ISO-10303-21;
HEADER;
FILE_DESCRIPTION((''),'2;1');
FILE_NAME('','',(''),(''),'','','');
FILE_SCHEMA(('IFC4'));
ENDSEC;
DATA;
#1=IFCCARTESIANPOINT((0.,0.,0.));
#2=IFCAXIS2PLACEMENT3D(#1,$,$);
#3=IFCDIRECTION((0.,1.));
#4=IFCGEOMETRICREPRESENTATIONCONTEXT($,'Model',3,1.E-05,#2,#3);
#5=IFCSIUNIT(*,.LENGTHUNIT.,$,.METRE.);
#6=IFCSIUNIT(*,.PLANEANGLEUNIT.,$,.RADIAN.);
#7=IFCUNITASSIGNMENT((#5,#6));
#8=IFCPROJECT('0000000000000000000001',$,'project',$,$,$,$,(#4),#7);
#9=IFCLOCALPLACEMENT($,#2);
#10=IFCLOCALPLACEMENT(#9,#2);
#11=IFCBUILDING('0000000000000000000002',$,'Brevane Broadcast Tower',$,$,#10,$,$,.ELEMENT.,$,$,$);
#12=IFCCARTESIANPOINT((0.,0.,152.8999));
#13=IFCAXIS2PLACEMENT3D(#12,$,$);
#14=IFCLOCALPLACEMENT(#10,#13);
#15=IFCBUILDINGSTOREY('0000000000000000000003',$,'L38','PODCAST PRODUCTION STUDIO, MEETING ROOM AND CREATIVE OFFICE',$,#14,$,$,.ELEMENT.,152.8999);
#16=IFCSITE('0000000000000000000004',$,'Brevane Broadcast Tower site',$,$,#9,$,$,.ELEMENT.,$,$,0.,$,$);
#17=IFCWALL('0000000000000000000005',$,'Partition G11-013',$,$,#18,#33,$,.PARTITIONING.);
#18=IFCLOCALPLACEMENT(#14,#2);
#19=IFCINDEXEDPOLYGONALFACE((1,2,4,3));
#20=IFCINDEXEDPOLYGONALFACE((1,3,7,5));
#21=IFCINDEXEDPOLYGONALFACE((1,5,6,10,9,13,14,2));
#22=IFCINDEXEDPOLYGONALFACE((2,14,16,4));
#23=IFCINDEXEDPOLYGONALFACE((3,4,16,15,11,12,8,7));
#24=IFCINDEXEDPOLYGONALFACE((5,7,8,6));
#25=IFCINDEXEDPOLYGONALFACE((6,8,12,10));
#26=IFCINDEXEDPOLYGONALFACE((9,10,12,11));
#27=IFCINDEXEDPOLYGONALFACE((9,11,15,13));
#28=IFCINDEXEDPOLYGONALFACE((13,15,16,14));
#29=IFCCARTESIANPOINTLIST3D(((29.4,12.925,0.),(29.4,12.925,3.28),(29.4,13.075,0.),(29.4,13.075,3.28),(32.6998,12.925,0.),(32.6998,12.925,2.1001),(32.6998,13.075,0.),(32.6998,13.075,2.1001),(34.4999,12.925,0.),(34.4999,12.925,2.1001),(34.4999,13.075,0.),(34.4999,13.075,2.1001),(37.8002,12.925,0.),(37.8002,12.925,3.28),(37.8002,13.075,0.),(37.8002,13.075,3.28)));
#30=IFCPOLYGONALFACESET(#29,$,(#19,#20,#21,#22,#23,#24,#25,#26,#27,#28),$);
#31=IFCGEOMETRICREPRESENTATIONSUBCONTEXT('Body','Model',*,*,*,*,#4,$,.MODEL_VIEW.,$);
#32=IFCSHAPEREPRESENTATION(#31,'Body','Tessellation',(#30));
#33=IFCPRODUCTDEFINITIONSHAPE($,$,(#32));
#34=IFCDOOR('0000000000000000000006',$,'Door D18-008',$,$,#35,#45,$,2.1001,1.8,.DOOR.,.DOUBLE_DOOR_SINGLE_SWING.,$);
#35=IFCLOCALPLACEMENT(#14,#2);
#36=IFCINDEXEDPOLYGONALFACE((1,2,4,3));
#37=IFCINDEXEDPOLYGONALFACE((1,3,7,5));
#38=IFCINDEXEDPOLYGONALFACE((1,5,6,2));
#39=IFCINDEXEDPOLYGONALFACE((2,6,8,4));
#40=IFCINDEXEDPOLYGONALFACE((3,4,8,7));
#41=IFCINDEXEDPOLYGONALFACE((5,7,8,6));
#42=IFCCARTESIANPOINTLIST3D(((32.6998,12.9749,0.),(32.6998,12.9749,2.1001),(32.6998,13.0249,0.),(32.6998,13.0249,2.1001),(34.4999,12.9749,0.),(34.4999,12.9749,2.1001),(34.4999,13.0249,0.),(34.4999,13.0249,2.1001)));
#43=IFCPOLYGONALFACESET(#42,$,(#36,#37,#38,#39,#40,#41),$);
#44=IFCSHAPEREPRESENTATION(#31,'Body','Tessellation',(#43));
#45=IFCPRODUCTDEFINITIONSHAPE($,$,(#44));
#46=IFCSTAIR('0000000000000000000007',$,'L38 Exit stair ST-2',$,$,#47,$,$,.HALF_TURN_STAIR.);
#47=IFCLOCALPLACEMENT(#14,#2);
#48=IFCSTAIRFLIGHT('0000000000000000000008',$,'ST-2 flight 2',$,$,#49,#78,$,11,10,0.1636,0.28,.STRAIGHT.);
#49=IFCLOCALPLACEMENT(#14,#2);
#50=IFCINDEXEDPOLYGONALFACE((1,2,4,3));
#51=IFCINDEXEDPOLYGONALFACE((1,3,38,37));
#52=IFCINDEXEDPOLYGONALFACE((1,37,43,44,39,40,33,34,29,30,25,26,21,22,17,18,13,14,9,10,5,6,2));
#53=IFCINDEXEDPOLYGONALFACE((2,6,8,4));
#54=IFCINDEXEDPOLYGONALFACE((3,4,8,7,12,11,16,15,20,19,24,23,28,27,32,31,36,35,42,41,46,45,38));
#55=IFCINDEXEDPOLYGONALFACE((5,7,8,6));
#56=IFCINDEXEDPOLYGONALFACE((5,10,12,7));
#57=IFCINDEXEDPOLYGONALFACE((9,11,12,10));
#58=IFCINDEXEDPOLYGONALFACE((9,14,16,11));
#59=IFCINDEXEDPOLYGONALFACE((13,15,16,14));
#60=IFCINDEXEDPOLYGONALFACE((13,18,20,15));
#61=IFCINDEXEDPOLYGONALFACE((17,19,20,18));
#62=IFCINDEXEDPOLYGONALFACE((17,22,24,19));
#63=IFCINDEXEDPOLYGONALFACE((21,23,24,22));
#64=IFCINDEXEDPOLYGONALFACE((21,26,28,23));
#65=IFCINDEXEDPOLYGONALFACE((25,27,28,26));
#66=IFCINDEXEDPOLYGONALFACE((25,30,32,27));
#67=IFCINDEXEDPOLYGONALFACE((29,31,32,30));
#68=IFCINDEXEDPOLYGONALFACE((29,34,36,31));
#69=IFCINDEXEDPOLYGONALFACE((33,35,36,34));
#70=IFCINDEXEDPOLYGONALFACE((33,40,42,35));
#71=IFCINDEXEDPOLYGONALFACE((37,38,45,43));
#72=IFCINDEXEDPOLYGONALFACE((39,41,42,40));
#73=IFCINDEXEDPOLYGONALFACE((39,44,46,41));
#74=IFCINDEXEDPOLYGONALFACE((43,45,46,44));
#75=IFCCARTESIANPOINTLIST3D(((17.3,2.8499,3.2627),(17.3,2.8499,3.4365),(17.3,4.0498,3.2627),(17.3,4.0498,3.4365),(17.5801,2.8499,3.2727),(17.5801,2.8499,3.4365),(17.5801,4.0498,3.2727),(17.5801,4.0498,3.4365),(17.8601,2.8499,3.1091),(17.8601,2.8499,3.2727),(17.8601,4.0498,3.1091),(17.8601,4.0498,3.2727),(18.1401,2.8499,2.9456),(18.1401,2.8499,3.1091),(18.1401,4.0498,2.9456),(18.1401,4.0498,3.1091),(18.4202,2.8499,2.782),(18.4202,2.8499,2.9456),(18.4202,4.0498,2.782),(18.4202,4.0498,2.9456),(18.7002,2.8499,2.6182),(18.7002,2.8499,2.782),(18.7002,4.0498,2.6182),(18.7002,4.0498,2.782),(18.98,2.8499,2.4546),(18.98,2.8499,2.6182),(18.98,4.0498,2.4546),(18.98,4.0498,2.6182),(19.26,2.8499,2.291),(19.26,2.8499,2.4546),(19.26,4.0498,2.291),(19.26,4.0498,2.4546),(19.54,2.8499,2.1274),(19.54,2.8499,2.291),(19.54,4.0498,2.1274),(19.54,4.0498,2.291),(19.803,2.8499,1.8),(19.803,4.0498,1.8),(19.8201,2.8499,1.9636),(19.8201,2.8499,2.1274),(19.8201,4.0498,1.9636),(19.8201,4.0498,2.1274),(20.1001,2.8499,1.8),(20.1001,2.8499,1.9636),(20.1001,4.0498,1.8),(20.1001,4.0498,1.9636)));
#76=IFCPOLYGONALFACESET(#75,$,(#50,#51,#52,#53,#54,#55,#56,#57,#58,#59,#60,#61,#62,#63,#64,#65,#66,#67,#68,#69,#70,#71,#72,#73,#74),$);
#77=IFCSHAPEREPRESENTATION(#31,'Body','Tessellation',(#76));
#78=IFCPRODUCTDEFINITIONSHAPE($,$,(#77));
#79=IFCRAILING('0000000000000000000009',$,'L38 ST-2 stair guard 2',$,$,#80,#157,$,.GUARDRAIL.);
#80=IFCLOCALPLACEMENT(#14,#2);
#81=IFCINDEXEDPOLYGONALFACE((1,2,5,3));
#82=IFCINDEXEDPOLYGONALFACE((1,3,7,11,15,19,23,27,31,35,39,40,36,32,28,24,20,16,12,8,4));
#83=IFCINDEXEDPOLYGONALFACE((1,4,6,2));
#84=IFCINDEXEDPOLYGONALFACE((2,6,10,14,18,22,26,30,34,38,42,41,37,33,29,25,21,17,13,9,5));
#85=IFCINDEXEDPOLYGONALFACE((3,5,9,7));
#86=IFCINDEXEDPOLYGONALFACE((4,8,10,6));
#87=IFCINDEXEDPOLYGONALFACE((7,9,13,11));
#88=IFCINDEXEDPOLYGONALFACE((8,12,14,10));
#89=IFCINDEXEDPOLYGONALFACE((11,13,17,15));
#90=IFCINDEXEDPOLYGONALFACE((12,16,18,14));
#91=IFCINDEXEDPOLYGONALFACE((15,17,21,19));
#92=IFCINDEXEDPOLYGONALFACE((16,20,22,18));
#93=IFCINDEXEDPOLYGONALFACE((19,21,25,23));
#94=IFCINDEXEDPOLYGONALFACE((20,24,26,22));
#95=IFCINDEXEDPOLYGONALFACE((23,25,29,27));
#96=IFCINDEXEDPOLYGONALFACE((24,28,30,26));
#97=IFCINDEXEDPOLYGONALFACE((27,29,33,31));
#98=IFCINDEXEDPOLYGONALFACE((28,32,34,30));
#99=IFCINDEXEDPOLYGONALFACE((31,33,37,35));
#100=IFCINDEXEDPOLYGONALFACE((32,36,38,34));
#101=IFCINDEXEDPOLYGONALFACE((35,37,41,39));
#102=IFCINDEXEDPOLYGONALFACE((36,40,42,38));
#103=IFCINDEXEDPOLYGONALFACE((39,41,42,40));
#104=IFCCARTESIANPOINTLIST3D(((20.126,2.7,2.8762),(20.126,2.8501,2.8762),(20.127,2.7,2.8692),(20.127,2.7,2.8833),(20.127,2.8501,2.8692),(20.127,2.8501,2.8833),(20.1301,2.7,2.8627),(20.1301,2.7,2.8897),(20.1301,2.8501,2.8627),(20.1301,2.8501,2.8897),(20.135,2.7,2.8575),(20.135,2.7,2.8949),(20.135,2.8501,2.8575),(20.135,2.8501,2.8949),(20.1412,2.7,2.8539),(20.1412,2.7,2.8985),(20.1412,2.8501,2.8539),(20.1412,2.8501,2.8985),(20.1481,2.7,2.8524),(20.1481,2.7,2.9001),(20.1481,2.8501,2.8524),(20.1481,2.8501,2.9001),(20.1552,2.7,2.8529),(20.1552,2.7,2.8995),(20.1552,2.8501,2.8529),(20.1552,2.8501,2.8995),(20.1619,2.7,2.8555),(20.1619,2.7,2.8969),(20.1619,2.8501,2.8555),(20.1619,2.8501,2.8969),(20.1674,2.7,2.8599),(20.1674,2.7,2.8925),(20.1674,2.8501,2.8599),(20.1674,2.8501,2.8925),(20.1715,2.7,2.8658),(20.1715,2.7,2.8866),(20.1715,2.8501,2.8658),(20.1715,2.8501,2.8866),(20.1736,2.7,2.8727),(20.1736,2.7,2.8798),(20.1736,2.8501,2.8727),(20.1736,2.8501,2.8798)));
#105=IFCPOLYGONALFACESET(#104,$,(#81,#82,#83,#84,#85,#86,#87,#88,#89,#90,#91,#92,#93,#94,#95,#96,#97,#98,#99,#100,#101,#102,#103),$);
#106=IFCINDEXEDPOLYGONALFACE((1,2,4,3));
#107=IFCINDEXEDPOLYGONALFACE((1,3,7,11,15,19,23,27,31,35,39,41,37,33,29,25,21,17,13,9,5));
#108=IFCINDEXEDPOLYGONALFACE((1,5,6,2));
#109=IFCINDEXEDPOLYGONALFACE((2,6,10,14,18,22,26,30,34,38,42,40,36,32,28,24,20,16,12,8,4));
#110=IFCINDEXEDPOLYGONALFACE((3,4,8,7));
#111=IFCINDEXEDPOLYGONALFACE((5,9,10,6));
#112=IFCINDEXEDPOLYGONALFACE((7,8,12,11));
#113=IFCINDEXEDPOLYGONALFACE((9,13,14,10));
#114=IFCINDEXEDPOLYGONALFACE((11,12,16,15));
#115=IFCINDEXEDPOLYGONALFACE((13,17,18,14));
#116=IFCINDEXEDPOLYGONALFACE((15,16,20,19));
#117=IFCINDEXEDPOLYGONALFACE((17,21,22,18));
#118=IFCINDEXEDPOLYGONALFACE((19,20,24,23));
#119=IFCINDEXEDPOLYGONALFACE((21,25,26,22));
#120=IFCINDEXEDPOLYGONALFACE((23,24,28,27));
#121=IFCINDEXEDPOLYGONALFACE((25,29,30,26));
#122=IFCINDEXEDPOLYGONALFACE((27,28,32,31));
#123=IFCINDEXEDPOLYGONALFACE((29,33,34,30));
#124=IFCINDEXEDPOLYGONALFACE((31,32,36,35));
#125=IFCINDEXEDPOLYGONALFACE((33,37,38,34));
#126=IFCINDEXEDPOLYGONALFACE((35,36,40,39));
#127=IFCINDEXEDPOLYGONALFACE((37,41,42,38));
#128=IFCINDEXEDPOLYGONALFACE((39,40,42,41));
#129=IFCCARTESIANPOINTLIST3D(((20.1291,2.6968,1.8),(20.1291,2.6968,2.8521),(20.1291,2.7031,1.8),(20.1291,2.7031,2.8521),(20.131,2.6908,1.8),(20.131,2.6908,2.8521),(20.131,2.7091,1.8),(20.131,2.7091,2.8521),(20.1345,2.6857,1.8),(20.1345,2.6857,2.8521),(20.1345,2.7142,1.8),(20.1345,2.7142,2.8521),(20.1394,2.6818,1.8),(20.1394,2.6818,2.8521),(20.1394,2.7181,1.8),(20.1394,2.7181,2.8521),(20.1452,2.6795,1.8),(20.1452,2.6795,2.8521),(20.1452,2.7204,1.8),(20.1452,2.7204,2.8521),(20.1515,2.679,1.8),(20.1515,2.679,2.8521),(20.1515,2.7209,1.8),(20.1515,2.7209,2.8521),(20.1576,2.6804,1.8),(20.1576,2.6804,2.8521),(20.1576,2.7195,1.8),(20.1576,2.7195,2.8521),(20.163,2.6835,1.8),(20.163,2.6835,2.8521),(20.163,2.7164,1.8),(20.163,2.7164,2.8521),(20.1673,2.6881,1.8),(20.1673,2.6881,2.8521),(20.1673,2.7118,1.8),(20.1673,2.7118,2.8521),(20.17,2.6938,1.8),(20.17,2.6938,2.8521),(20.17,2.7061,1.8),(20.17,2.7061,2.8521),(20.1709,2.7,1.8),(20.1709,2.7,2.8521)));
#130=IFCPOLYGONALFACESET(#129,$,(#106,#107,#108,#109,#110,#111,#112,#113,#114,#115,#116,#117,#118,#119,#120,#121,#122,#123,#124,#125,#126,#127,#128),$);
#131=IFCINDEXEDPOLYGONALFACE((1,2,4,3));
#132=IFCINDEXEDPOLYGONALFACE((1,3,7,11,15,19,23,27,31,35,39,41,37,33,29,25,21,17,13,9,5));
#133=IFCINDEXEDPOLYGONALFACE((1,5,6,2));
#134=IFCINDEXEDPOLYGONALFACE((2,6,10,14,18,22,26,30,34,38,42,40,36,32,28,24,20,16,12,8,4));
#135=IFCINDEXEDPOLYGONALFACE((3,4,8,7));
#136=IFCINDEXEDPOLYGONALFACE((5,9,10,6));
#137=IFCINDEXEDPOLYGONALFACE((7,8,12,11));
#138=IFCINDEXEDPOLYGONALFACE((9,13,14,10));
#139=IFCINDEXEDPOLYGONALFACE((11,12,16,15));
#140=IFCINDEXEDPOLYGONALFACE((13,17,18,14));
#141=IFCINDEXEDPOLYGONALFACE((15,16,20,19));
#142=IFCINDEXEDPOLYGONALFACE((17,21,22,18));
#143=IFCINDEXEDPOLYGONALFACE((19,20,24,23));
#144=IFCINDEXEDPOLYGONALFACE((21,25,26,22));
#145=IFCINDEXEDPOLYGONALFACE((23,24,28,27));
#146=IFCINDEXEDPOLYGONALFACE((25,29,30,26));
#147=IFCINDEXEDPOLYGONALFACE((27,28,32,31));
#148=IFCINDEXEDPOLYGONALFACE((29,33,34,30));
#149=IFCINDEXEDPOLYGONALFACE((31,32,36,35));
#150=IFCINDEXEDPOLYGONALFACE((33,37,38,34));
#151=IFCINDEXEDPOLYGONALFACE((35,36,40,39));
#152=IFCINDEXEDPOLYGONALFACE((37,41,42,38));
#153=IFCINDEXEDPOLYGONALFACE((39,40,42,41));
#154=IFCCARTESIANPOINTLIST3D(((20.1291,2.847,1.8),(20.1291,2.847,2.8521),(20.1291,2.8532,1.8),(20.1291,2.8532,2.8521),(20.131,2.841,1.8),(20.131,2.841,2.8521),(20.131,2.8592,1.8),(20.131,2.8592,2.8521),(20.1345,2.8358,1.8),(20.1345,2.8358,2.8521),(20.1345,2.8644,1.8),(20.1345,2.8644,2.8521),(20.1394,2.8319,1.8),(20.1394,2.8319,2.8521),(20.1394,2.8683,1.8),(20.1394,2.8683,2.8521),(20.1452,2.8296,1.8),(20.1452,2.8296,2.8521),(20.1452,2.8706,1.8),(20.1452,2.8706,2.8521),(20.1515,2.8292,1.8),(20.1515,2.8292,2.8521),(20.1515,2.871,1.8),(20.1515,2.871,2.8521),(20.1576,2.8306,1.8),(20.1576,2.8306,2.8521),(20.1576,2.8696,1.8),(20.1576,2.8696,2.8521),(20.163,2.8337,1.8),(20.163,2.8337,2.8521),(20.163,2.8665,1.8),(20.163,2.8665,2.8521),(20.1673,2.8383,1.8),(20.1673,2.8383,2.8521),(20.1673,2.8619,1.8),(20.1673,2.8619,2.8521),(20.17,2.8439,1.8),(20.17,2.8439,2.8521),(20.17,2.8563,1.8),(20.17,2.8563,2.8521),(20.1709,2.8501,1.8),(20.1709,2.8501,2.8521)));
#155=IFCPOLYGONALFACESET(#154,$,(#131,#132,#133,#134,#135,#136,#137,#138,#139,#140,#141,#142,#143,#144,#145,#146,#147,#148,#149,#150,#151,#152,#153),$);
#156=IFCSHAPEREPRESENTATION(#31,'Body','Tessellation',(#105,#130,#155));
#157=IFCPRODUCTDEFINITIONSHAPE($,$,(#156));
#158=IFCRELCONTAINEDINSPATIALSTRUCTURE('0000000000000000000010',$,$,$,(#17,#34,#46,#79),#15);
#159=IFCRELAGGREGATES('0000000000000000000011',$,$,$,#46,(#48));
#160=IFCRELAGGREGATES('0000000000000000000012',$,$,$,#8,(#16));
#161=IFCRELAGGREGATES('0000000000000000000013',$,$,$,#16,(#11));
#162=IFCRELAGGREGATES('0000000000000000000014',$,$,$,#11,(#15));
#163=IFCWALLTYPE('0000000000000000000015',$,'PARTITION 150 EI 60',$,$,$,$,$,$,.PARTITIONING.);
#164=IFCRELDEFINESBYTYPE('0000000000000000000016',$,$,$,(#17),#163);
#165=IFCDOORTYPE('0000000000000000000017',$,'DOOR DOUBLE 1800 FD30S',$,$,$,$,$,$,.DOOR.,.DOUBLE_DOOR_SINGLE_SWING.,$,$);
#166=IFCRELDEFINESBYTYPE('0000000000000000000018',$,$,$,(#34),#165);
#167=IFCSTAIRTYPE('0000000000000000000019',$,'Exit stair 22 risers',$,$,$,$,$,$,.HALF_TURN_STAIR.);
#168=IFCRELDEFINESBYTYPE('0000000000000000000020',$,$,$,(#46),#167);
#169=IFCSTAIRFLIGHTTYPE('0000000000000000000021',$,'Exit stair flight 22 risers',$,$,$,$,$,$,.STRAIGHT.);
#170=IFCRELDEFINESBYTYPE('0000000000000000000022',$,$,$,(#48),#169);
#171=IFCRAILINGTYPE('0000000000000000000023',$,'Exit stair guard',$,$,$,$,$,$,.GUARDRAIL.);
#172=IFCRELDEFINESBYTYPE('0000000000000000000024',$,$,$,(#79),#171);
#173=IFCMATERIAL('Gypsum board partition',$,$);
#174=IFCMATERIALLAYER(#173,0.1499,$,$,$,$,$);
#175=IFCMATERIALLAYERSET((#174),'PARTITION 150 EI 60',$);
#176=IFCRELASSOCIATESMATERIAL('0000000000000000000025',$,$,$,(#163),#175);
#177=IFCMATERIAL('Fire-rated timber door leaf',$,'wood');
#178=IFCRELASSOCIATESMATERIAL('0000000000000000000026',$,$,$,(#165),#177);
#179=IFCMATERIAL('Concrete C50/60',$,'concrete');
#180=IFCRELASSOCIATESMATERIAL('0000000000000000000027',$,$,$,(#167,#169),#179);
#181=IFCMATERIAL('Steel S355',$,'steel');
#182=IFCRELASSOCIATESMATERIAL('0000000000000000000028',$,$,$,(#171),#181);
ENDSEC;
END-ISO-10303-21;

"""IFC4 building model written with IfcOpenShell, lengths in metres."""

from ifc_helpers import new_model, si_unit, direction, frame, frame_2d, origin, origin_2d, place, context, subcontext, project, spatial, polyline, rectangle, circle, outline, extrude, material, layer, layer_set, type_object, element, fill, aggregate, save


model = new_model("IFC4")

# Units and contexts
model_context = context("Model", 3, precision=1e-05, world=origin(), true_north=direction((0.0, 1.0)))
body_context = subcontext(model_context, "Body", "Model", "MODEL_VIEW")
ifc_project = project(units=[si_unit("LENGTHUNIT", "METRE"), si_unit("PLANEANGLEUNIT", "RADIAN")], contexts=[model_context])

# Site, building, storey
site_placement = place(None, origin())
site = spatial("IfcSite", under=ifc_project, at=site_placement, Name="Brevane Broadcast Tower site", CompositionType="ELEMENT", RefElevation=0.0)
building_placement = place(site_placement, origin())
building = spatial("IfcBuilding", under=site, at=building_placement, Name="Brevane Broadcast Tower", CompositionType="ELEMENT")
storey_placement = place(building_placement, frame((0.0, 0.0, 152.8999)))
storey = spatial("IfcBuildingStorey", under=building, at=storey_placement, Name="L38", Description="PODCAST PRODUCTION STUDIO, MEETING ROOM AND CREATIVE OFFICE", CompositionType="ELEMENT", Elevation=152.8999)

# Shared definitions
ifc_material_1 = material(Name="Gypsum board partition")
ifc_layer_1 = layer(ifc_material_1, 0.1499)
ifc_layer_set_1 = layer_set([ifc_layer_1], Name="PARTITION 150 EI 60")
wall_type_1 = type_object("IfcWallType", Name="PARTITION 150 EI 60", PredefinedType="PARTITIONING", material=ifc_layer_set_1)

# Wall, opening, door
wall_1_placement = place(storey_placement, frame((29.3999, 13.0, 0.0), z_axis=(0.0, 0.0, 1.0), x_axis=(1.0, 0.0, 0.0)))
wall_1 = element("IfcWall", 1, at=wall_1_placement, inside=storey, type_object=wall_type_1, Name="Partition G11-013", PredefinedType="PARTITIONING", context=body_context, shape_type="SweptSolid", body=[
    extrude(rectangle(XDim=8.4001, YDim=0.1499, at=frame_2d((4.2002, 0.0))), origin(), (0.0, 0.0, 1.0), 3.28),
])
opening_1_placement = place(wall_1_placement, frame((3.3, 0.0, 0.0)))
opening_1 = element("IfcOpeningElement", 2, at=opening_1_placement, cuts=wall_1, PredefinedType="OPENING", context=body_context, shape_type="SweptSolid", body=[
    extrude(rectangle(XDim=1.8, YDim=2.1001, at=frame_2d((0.8999, 1.05))), frame((0.0, 0.085, 0.0), z_axis=(0.0, -1.0, 0.0), x_axis=(1.0, 0.0, 0.0)), (0.0, 0.0, 1.0), 0.1699),
])
ifc_material_2 = material(Name="Fire-rated timber door leaf", Category="wood")
door_type_1 = type_object("IfcDoorType", Name="DOOR DOUBLE 1800 FD30S", OperationType="DOUBLE_DOOR_SINGLE_SWING", PredefinedType="DOOR", material=ifc_material_2)
door_1_placement = place(opening_1_placement, origin())
door_1 = element("IfcDoor", 3, at=door_1_placement, inside=storey, type_object=door_type_1, Name="Door D18-008", OperationType="DOUBLE_DOOR_SINGLE_SWING", OverallHeight=2.1001, OverallWidth=1.8, PredefinedType="DOOR", context=body_context, shape_type="SweptSolid", body=[
    extrude(rectangle(XDim=1.8, YDim=2.1001, at=frame_2d((0.8999, 1.05))), frame((0.0, 0.0249, 0.0), z_axis=(0.0, -1.0, 0.0), x_axis=(1.0, 0.0, 0.0)), (0.0, 0.0, 1.0), 0.05),
])
fill(opening_1, door_1)

# Stair, stair flight
ifc_material_3 = material(Name="Concrete C50/60", Category="concrete")
stair_type = type_object("IfcStairType", Name="Exit stair 22 risers", PredefinedType="HALF_TURN_STAIR", material=ifc_material_3)
stair_placement = place(storey_placement, origin())
stair = element("IfcStair", 4, at=stair_placement, inside=storey, type_object=stair_type, Name="L38 Exit stair ST-2", PredefinedType="HALF_TURN_STAIR")
stair_flight_type = type_object("IfcStairFlightType", Name="Exit stair flight 22 risers", PredefinedType="STRAIGHT", material=ifc_material_3)
stair_flight_placement = place(storey_placement, frame((20.1001, 3.45, 1.8), z_axis=(0.0, 0.0, 1.0), x_axis=(-1.0, 0.0, 0.0)))
stair_flight = element("IfcStairFlight", 5, at=stair_flight_placement, type_object=stair_flight_type, Name="ST-2 flight 2", NumberOfRisers=11, NumberOfTreads=10, PredefinedType="STRAIGHT", RiserHeight=0.1636, TreadLength=0.28, context=body_context, shape_type="SweptSolid", body=[
    extrude(outline(polyline([(0.0, 0.0), (0.0, 0.1636), (0.28, 0.1636), (0.28, 0.3274), (0.5601, 0.3274), (0.5601, 0.491), (0.8401, 0.491), (0.8401, 0.6545), (1.1201, 0.6545), (1.1201, 0.8181), (1.3999, 0.8181), (1.3999, 0.9819), (1.6799, 0.9819), (1.6799, 1.1455), (1.96, 1.1455), (1.96, 1.3091), (2.24, 1.3091), (2.24, 1.4727), (2.52, 1.4727), (2.52, 1.6365), (2.8, 1.6365), (2.8, 1.8), (2.8, 1.4626), (0.2971, 0.0), (0.0, 0.0)])), frame((0.0, 0.6001, 0.0), z_axis=(0.0, -1.0, 0.0), x_axis=(1.0, 0.0, 0.0)), (0.0, 0.0, 1.0), 1.2),
])
aggregate(stair, [stair_flight])

# Railing
ifc_material_4 = material(Name="Steel S355", Category="steel")
railing_type_1 = type_object("IfcRailingType", Name="Exit stair guard", PredefinedType="GUARDRAIL", material=ifc_material_4)
railing_1_placement = place(storey_placement, frame((20.1499, 2.7, 1.8)))
element("IfcRailing", 6, at=railing_1_placement, inside=storey, type_object=railing_type_1, Name="L38 ST-2 stair guard 2", PredefinedType="GUARDRAIL", context=body_context, shape_type="SweptSolid", body=[
    extrude(circle(Radius=0.0239, at=origin_2d()), frame((0.0, 0.0, 1.0762), z_axis=(0.0, 1.0, 0.0), x_axis=(-1.0, 0.0, 0.0)), (0.0, 0.0, 1.0), 0.1501),
    extrude(circle(Radius=0.021, at=origin_2d()), origin(), (0.0, 0.0, 1.0), 1.052),
    extrude(circle(Radius=0.021, at=origin_2d()), frame((0.0, 0.1501, 0.0)), (0.0, 0.0, 1.0), 1.052),
])

save(model, "model.ifc")
